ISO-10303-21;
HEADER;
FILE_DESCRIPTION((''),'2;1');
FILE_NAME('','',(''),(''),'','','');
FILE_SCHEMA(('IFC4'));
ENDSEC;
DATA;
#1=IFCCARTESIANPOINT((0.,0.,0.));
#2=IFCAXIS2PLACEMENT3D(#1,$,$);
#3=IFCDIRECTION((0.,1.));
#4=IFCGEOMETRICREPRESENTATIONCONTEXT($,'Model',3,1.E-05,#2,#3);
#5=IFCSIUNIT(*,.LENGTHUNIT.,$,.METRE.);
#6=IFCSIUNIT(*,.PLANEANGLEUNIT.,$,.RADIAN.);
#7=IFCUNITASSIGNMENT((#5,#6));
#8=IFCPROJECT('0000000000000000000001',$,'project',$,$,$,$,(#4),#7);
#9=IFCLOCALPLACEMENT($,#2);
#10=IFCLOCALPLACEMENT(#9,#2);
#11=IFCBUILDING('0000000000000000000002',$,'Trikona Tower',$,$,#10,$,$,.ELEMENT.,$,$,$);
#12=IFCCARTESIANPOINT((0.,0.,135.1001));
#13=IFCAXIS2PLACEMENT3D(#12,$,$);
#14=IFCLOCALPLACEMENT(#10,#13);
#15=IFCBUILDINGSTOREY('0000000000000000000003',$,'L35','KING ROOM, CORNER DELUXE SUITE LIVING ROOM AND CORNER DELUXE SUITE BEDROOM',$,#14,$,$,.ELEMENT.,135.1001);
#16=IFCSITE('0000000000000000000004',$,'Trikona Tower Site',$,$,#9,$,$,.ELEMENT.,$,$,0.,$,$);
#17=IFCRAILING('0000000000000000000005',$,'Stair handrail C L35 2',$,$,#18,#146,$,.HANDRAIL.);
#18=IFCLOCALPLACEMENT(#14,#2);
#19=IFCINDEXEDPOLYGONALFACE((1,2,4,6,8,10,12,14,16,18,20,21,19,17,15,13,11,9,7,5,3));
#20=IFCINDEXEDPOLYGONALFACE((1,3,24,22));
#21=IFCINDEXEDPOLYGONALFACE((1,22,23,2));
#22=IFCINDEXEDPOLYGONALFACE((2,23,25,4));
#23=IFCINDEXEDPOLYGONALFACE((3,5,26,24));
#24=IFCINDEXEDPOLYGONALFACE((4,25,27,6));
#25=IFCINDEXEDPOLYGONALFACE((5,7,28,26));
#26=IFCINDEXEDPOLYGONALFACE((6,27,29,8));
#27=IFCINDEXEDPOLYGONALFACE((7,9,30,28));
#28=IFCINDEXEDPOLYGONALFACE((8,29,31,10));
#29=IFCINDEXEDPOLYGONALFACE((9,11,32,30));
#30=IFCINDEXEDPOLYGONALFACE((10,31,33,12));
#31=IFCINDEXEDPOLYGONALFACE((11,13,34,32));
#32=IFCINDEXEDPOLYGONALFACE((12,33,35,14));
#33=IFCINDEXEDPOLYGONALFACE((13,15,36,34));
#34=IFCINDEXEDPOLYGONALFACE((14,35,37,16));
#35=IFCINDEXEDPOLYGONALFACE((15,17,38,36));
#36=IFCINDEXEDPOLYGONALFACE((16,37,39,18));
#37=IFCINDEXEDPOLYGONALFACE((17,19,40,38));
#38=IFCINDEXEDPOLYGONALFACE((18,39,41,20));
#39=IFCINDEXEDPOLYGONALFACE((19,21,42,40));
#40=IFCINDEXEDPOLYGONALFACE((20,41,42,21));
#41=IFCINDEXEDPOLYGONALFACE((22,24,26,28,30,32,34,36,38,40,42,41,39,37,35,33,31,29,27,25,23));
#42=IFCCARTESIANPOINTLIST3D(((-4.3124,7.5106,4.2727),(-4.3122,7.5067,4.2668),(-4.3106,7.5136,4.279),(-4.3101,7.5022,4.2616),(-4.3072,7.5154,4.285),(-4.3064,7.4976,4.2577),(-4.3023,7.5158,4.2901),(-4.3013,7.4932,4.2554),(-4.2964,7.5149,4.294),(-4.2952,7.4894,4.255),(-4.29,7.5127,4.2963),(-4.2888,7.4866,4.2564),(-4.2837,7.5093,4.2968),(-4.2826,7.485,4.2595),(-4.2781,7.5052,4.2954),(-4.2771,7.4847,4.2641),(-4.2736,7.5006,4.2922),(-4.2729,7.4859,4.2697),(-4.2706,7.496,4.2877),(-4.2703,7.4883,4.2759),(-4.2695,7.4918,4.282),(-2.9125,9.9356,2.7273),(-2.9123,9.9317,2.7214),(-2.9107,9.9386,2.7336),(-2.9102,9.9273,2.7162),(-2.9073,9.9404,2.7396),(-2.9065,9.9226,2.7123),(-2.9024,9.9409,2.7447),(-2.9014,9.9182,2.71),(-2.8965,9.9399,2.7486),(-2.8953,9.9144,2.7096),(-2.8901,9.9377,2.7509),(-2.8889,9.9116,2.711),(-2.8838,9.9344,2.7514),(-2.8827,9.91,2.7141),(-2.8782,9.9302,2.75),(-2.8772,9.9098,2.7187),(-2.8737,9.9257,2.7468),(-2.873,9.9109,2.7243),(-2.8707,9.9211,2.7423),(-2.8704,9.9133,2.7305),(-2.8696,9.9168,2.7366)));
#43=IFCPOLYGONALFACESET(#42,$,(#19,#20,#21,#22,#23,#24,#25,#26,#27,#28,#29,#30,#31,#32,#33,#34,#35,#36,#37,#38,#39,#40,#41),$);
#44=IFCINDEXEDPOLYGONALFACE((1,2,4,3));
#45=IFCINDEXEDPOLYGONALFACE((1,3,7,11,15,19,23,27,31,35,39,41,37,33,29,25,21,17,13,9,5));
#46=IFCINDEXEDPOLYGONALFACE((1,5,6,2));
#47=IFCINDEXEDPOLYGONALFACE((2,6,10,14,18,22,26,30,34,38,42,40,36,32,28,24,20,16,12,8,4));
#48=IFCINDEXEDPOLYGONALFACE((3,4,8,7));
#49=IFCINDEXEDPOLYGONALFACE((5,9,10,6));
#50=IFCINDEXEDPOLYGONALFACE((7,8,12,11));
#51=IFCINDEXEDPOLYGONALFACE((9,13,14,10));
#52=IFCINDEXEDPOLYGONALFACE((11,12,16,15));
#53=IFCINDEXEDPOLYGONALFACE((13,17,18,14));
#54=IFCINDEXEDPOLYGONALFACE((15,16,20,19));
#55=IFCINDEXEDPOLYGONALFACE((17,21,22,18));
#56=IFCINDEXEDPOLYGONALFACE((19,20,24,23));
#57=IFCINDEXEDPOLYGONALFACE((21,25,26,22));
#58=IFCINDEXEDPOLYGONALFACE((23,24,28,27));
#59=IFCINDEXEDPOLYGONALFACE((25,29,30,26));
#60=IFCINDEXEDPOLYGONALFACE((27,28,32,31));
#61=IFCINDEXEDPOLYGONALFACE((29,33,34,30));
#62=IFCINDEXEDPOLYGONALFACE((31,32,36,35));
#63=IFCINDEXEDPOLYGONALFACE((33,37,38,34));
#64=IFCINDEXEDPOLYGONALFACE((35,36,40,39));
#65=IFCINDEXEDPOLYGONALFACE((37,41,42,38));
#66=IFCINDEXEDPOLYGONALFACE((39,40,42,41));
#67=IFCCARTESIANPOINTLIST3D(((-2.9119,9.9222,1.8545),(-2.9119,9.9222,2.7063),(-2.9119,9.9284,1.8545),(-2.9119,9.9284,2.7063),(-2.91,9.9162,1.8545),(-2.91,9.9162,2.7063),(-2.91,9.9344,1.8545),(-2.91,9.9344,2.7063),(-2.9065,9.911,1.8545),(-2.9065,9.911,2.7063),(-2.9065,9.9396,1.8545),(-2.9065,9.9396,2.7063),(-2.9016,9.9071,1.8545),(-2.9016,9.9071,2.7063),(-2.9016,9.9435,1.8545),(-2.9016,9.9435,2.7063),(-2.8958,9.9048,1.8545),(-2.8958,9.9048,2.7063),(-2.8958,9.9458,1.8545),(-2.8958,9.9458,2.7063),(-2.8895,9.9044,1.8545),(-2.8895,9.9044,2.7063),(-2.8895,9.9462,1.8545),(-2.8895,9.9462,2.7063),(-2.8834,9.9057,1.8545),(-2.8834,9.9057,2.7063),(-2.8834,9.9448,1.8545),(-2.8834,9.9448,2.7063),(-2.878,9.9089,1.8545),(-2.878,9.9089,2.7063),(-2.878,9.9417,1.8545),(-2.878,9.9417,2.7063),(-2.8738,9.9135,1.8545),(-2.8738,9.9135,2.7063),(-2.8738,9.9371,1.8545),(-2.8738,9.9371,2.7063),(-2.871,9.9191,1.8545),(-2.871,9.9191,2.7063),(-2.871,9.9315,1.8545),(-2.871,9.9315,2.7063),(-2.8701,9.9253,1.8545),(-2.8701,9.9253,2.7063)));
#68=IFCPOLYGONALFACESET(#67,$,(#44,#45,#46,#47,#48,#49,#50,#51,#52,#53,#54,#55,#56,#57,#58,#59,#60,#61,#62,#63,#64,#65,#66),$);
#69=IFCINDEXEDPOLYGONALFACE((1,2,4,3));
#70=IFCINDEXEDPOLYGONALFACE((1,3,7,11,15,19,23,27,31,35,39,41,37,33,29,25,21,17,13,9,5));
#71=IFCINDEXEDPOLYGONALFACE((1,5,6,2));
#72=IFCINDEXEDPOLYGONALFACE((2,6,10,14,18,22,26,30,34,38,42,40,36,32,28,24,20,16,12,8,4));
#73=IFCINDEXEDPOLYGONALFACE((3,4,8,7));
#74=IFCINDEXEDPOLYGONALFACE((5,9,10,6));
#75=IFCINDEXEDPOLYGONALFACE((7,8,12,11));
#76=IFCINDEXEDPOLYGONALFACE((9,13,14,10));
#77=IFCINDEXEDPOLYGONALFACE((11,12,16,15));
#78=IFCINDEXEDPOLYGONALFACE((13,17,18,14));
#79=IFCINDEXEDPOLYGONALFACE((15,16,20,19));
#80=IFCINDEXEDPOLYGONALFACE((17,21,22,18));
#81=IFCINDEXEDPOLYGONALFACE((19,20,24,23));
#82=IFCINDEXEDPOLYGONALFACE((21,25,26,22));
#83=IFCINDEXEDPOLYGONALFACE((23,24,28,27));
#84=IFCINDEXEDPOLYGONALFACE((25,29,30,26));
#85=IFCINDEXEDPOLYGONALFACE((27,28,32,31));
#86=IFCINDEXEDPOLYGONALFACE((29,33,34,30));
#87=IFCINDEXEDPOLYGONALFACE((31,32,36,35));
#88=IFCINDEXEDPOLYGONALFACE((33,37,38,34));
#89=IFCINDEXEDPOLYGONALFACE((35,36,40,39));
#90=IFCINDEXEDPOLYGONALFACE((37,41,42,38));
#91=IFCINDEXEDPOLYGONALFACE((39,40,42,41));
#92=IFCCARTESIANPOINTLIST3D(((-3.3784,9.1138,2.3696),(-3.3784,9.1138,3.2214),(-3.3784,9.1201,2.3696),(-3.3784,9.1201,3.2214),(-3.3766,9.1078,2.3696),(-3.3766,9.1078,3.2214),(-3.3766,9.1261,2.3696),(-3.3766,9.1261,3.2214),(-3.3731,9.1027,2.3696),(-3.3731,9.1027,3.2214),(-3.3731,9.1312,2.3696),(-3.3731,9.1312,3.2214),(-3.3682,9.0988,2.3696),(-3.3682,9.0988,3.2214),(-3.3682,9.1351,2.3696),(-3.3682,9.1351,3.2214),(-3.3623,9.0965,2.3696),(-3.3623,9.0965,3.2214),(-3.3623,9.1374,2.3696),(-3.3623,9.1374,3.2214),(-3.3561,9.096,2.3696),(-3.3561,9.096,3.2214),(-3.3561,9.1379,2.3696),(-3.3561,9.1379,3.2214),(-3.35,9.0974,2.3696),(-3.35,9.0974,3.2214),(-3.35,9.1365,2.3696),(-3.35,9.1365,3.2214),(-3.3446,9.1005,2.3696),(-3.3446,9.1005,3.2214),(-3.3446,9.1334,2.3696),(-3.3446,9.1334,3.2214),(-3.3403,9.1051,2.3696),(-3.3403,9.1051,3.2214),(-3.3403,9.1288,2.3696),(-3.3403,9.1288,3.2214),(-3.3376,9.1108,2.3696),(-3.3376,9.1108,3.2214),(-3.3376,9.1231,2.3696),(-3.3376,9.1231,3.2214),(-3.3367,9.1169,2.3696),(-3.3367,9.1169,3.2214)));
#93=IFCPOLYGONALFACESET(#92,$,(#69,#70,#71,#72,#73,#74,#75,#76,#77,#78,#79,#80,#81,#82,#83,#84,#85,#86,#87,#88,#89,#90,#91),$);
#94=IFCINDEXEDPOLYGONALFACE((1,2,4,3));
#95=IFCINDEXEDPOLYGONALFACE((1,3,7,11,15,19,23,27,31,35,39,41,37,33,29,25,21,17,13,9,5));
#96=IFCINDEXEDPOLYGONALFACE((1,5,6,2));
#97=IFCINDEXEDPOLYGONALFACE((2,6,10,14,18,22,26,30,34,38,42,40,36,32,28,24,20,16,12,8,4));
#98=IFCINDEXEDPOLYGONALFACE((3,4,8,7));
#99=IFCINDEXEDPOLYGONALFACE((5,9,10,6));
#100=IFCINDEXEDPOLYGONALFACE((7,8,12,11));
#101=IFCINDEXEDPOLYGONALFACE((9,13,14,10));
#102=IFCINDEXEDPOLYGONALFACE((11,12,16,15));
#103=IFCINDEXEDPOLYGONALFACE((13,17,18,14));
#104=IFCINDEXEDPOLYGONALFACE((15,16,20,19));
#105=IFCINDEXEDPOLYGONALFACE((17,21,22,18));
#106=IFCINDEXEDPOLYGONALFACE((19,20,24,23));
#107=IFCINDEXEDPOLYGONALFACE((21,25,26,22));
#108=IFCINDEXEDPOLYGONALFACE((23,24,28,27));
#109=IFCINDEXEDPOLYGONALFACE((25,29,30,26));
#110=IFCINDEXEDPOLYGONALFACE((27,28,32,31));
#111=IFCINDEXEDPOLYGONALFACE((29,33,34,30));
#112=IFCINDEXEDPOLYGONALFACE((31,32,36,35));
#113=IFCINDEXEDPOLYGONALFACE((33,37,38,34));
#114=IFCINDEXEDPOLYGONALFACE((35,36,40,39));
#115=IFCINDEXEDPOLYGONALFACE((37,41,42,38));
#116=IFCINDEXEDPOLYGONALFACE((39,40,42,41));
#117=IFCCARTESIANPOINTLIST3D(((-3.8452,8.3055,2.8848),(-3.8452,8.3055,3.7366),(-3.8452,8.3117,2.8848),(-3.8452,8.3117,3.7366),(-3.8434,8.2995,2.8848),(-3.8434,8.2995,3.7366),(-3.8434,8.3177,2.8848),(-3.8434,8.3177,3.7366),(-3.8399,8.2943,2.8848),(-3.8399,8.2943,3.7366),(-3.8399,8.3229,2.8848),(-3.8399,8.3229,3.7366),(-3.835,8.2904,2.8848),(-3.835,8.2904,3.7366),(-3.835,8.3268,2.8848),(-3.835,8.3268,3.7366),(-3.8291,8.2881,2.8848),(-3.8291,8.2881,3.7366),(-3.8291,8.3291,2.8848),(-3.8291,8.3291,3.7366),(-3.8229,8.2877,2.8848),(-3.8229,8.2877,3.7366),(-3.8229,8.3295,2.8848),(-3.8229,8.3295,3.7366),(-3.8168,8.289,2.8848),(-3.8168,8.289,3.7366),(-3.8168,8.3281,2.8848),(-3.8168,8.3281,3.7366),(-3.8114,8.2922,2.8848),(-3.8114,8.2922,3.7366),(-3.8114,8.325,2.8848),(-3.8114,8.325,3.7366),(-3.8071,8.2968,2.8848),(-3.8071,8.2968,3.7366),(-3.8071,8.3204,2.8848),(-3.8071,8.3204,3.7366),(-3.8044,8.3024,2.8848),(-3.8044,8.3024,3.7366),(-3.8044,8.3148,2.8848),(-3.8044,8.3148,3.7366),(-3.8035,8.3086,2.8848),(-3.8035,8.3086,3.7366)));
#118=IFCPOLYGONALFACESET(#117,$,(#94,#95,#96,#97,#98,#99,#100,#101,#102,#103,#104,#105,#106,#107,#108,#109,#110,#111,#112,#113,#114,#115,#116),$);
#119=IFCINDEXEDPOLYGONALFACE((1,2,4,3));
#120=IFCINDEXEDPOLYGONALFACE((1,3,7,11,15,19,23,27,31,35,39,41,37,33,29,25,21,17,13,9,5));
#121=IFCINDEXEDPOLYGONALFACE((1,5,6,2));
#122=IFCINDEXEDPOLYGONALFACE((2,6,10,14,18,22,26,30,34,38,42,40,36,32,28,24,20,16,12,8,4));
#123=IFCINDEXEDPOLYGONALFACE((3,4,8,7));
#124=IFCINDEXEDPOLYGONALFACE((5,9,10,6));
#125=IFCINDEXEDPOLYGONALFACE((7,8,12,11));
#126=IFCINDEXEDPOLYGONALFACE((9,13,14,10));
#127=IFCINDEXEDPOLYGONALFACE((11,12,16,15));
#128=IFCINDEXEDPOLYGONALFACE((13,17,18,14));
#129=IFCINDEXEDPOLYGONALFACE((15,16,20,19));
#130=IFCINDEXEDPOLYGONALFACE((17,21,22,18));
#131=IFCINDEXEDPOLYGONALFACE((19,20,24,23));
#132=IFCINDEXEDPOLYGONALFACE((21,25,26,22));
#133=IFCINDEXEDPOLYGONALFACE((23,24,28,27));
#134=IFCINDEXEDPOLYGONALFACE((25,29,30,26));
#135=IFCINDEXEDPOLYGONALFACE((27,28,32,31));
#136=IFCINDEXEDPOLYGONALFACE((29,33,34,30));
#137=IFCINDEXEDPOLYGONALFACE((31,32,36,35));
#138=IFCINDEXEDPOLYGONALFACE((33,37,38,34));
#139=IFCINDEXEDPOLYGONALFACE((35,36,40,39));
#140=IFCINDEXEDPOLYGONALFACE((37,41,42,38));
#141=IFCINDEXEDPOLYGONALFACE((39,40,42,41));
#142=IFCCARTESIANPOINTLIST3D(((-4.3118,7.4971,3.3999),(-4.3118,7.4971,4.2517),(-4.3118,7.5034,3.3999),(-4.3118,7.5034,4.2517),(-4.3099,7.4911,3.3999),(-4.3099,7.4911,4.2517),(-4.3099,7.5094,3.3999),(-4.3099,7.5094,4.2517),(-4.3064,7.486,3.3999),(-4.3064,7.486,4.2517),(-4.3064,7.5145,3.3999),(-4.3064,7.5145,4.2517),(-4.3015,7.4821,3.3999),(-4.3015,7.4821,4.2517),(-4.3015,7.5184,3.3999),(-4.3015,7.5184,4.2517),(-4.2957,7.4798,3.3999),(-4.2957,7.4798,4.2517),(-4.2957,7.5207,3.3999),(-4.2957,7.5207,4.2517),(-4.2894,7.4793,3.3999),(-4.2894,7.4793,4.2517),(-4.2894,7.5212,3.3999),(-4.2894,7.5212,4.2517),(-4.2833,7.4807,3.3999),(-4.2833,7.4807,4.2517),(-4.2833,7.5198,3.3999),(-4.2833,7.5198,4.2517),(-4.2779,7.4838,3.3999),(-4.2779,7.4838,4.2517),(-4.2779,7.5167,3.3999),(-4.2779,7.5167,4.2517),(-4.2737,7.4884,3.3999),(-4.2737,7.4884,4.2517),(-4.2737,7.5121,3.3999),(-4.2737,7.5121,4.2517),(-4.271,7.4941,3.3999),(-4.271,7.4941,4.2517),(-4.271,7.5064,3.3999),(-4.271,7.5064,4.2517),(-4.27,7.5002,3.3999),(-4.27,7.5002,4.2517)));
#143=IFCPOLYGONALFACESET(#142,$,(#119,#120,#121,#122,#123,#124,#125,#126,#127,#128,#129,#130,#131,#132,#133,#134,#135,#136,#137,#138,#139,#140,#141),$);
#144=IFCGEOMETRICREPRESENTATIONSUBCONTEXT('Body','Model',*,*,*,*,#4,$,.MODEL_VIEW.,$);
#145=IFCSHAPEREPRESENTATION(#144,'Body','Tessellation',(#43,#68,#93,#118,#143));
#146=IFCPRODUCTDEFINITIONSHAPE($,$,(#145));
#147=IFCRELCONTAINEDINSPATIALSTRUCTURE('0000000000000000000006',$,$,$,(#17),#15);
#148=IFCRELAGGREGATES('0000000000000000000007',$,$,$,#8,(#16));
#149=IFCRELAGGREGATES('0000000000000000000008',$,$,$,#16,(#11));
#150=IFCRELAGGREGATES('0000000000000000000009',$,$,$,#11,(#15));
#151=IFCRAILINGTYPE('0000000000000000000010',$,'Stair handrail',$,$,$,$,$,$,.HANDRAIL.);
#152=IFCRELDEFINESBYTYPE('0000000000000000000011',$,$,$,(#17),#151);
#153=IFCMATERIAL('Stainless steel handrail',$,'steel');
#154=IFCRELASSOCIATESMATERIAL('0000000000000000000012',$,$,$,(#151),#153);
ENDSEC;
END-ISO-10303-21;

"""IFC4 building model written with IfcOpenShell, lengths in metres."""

from ifc_helpers import new_model, si_unit, direction, frame, origin, origin_2d, place, context, subcontext, project, spatial, circle, extrude, material, type_object, element, save


model = new_model("IFC4")

# Units and contexts
model_context = context("Model", 3, precision=1e-05, world=origin(), true_north=direction((0.0, 1.0)))
body_context = subcontext(model_context, "Body", "Model", "MODEL_VIEW")
ifc_project = project(units=[si_unit("LENGTHUNIT", "METRE"), si_unit("PLANEANGLEUNIT", "RADIAN")], contexts=[model_context])

# Site, building, storey
site_placement = place(None, origin())
site = spatial("IfcSite", under=ifc_project, at=site_placement, Name="Trikona Tower Site", CompositionType="ELEMENT", RefElevation=0.0)
building_placement = place(site_placement, origin())
building = spatial("IfcBuilding", under=site, at=building_placement, Name="Trikona Tower", CompositionType="ELEMENT")
storey_placement = place(building_placement, frame((0.0, 0.0, 135.1001)))
storey = spatial("IfcBuildingStorey", under=building, at=storey_placement, Name="L35", Description="KING ROOM, CORNER DELUXE SUITE LIVING ROOM AND CORNER DELUXE SUITE BEDROOM", CompositionType="ELEMENT", Elevation=135.1001)

# Railing
ifc_material_1 = material(Name="Stainless steel handrail", Category="steel")
railing_type = type_object("IfcRailingType", Name="Stair handrail", PredefinedType="HANDRAIL", material=ifc_material_1)
railing_1_placement = place(storey_placement, frame((-2.8911, 9.9253, 1.8545)))
element("IfcRailing", 1, at=railing_1_placement, inside=storey, type_object=railing_type, Name="Stair handrail C L35 2", PredefinedType="HANDRAIL", context=body_context, shape_type="SweptSolid", body=[
    extrude(circle(Radius=0.0239, at=origin_2d()), frame((0.0, 0.0, 0.876), z_axis=(-0.437707, -0.75824, 0.483203), x_axis=(0.866056, -0.499946, 0.0)), (0.0, 0.0, 1.0), 3.1982),
    extrude(circle(Radius=0.021, at=origin_2d()), origin(), (0.0, 0.0, 1.0), 0.8518),
    extrude(circle(Radius=0.021, at=origin_2d()), frame((-0.4666, -0.8083, 0.5151)), (0.0, 0.0, 1.0), 0.8518),
    extrude(circle(Radius=0.021, at=origin_2d()), frame((-0.9333, -1.6167, 1.0303)), (0.0, 0.0, 1.0), 0.8518),
    extrude(circle(Radius=0.021, at=origin_2d()), frame((-1.3999, -2.425, 1.5454)), (0.0, 0.0, 1.0), 0.8518),
])

save(model, "model.ifc")
